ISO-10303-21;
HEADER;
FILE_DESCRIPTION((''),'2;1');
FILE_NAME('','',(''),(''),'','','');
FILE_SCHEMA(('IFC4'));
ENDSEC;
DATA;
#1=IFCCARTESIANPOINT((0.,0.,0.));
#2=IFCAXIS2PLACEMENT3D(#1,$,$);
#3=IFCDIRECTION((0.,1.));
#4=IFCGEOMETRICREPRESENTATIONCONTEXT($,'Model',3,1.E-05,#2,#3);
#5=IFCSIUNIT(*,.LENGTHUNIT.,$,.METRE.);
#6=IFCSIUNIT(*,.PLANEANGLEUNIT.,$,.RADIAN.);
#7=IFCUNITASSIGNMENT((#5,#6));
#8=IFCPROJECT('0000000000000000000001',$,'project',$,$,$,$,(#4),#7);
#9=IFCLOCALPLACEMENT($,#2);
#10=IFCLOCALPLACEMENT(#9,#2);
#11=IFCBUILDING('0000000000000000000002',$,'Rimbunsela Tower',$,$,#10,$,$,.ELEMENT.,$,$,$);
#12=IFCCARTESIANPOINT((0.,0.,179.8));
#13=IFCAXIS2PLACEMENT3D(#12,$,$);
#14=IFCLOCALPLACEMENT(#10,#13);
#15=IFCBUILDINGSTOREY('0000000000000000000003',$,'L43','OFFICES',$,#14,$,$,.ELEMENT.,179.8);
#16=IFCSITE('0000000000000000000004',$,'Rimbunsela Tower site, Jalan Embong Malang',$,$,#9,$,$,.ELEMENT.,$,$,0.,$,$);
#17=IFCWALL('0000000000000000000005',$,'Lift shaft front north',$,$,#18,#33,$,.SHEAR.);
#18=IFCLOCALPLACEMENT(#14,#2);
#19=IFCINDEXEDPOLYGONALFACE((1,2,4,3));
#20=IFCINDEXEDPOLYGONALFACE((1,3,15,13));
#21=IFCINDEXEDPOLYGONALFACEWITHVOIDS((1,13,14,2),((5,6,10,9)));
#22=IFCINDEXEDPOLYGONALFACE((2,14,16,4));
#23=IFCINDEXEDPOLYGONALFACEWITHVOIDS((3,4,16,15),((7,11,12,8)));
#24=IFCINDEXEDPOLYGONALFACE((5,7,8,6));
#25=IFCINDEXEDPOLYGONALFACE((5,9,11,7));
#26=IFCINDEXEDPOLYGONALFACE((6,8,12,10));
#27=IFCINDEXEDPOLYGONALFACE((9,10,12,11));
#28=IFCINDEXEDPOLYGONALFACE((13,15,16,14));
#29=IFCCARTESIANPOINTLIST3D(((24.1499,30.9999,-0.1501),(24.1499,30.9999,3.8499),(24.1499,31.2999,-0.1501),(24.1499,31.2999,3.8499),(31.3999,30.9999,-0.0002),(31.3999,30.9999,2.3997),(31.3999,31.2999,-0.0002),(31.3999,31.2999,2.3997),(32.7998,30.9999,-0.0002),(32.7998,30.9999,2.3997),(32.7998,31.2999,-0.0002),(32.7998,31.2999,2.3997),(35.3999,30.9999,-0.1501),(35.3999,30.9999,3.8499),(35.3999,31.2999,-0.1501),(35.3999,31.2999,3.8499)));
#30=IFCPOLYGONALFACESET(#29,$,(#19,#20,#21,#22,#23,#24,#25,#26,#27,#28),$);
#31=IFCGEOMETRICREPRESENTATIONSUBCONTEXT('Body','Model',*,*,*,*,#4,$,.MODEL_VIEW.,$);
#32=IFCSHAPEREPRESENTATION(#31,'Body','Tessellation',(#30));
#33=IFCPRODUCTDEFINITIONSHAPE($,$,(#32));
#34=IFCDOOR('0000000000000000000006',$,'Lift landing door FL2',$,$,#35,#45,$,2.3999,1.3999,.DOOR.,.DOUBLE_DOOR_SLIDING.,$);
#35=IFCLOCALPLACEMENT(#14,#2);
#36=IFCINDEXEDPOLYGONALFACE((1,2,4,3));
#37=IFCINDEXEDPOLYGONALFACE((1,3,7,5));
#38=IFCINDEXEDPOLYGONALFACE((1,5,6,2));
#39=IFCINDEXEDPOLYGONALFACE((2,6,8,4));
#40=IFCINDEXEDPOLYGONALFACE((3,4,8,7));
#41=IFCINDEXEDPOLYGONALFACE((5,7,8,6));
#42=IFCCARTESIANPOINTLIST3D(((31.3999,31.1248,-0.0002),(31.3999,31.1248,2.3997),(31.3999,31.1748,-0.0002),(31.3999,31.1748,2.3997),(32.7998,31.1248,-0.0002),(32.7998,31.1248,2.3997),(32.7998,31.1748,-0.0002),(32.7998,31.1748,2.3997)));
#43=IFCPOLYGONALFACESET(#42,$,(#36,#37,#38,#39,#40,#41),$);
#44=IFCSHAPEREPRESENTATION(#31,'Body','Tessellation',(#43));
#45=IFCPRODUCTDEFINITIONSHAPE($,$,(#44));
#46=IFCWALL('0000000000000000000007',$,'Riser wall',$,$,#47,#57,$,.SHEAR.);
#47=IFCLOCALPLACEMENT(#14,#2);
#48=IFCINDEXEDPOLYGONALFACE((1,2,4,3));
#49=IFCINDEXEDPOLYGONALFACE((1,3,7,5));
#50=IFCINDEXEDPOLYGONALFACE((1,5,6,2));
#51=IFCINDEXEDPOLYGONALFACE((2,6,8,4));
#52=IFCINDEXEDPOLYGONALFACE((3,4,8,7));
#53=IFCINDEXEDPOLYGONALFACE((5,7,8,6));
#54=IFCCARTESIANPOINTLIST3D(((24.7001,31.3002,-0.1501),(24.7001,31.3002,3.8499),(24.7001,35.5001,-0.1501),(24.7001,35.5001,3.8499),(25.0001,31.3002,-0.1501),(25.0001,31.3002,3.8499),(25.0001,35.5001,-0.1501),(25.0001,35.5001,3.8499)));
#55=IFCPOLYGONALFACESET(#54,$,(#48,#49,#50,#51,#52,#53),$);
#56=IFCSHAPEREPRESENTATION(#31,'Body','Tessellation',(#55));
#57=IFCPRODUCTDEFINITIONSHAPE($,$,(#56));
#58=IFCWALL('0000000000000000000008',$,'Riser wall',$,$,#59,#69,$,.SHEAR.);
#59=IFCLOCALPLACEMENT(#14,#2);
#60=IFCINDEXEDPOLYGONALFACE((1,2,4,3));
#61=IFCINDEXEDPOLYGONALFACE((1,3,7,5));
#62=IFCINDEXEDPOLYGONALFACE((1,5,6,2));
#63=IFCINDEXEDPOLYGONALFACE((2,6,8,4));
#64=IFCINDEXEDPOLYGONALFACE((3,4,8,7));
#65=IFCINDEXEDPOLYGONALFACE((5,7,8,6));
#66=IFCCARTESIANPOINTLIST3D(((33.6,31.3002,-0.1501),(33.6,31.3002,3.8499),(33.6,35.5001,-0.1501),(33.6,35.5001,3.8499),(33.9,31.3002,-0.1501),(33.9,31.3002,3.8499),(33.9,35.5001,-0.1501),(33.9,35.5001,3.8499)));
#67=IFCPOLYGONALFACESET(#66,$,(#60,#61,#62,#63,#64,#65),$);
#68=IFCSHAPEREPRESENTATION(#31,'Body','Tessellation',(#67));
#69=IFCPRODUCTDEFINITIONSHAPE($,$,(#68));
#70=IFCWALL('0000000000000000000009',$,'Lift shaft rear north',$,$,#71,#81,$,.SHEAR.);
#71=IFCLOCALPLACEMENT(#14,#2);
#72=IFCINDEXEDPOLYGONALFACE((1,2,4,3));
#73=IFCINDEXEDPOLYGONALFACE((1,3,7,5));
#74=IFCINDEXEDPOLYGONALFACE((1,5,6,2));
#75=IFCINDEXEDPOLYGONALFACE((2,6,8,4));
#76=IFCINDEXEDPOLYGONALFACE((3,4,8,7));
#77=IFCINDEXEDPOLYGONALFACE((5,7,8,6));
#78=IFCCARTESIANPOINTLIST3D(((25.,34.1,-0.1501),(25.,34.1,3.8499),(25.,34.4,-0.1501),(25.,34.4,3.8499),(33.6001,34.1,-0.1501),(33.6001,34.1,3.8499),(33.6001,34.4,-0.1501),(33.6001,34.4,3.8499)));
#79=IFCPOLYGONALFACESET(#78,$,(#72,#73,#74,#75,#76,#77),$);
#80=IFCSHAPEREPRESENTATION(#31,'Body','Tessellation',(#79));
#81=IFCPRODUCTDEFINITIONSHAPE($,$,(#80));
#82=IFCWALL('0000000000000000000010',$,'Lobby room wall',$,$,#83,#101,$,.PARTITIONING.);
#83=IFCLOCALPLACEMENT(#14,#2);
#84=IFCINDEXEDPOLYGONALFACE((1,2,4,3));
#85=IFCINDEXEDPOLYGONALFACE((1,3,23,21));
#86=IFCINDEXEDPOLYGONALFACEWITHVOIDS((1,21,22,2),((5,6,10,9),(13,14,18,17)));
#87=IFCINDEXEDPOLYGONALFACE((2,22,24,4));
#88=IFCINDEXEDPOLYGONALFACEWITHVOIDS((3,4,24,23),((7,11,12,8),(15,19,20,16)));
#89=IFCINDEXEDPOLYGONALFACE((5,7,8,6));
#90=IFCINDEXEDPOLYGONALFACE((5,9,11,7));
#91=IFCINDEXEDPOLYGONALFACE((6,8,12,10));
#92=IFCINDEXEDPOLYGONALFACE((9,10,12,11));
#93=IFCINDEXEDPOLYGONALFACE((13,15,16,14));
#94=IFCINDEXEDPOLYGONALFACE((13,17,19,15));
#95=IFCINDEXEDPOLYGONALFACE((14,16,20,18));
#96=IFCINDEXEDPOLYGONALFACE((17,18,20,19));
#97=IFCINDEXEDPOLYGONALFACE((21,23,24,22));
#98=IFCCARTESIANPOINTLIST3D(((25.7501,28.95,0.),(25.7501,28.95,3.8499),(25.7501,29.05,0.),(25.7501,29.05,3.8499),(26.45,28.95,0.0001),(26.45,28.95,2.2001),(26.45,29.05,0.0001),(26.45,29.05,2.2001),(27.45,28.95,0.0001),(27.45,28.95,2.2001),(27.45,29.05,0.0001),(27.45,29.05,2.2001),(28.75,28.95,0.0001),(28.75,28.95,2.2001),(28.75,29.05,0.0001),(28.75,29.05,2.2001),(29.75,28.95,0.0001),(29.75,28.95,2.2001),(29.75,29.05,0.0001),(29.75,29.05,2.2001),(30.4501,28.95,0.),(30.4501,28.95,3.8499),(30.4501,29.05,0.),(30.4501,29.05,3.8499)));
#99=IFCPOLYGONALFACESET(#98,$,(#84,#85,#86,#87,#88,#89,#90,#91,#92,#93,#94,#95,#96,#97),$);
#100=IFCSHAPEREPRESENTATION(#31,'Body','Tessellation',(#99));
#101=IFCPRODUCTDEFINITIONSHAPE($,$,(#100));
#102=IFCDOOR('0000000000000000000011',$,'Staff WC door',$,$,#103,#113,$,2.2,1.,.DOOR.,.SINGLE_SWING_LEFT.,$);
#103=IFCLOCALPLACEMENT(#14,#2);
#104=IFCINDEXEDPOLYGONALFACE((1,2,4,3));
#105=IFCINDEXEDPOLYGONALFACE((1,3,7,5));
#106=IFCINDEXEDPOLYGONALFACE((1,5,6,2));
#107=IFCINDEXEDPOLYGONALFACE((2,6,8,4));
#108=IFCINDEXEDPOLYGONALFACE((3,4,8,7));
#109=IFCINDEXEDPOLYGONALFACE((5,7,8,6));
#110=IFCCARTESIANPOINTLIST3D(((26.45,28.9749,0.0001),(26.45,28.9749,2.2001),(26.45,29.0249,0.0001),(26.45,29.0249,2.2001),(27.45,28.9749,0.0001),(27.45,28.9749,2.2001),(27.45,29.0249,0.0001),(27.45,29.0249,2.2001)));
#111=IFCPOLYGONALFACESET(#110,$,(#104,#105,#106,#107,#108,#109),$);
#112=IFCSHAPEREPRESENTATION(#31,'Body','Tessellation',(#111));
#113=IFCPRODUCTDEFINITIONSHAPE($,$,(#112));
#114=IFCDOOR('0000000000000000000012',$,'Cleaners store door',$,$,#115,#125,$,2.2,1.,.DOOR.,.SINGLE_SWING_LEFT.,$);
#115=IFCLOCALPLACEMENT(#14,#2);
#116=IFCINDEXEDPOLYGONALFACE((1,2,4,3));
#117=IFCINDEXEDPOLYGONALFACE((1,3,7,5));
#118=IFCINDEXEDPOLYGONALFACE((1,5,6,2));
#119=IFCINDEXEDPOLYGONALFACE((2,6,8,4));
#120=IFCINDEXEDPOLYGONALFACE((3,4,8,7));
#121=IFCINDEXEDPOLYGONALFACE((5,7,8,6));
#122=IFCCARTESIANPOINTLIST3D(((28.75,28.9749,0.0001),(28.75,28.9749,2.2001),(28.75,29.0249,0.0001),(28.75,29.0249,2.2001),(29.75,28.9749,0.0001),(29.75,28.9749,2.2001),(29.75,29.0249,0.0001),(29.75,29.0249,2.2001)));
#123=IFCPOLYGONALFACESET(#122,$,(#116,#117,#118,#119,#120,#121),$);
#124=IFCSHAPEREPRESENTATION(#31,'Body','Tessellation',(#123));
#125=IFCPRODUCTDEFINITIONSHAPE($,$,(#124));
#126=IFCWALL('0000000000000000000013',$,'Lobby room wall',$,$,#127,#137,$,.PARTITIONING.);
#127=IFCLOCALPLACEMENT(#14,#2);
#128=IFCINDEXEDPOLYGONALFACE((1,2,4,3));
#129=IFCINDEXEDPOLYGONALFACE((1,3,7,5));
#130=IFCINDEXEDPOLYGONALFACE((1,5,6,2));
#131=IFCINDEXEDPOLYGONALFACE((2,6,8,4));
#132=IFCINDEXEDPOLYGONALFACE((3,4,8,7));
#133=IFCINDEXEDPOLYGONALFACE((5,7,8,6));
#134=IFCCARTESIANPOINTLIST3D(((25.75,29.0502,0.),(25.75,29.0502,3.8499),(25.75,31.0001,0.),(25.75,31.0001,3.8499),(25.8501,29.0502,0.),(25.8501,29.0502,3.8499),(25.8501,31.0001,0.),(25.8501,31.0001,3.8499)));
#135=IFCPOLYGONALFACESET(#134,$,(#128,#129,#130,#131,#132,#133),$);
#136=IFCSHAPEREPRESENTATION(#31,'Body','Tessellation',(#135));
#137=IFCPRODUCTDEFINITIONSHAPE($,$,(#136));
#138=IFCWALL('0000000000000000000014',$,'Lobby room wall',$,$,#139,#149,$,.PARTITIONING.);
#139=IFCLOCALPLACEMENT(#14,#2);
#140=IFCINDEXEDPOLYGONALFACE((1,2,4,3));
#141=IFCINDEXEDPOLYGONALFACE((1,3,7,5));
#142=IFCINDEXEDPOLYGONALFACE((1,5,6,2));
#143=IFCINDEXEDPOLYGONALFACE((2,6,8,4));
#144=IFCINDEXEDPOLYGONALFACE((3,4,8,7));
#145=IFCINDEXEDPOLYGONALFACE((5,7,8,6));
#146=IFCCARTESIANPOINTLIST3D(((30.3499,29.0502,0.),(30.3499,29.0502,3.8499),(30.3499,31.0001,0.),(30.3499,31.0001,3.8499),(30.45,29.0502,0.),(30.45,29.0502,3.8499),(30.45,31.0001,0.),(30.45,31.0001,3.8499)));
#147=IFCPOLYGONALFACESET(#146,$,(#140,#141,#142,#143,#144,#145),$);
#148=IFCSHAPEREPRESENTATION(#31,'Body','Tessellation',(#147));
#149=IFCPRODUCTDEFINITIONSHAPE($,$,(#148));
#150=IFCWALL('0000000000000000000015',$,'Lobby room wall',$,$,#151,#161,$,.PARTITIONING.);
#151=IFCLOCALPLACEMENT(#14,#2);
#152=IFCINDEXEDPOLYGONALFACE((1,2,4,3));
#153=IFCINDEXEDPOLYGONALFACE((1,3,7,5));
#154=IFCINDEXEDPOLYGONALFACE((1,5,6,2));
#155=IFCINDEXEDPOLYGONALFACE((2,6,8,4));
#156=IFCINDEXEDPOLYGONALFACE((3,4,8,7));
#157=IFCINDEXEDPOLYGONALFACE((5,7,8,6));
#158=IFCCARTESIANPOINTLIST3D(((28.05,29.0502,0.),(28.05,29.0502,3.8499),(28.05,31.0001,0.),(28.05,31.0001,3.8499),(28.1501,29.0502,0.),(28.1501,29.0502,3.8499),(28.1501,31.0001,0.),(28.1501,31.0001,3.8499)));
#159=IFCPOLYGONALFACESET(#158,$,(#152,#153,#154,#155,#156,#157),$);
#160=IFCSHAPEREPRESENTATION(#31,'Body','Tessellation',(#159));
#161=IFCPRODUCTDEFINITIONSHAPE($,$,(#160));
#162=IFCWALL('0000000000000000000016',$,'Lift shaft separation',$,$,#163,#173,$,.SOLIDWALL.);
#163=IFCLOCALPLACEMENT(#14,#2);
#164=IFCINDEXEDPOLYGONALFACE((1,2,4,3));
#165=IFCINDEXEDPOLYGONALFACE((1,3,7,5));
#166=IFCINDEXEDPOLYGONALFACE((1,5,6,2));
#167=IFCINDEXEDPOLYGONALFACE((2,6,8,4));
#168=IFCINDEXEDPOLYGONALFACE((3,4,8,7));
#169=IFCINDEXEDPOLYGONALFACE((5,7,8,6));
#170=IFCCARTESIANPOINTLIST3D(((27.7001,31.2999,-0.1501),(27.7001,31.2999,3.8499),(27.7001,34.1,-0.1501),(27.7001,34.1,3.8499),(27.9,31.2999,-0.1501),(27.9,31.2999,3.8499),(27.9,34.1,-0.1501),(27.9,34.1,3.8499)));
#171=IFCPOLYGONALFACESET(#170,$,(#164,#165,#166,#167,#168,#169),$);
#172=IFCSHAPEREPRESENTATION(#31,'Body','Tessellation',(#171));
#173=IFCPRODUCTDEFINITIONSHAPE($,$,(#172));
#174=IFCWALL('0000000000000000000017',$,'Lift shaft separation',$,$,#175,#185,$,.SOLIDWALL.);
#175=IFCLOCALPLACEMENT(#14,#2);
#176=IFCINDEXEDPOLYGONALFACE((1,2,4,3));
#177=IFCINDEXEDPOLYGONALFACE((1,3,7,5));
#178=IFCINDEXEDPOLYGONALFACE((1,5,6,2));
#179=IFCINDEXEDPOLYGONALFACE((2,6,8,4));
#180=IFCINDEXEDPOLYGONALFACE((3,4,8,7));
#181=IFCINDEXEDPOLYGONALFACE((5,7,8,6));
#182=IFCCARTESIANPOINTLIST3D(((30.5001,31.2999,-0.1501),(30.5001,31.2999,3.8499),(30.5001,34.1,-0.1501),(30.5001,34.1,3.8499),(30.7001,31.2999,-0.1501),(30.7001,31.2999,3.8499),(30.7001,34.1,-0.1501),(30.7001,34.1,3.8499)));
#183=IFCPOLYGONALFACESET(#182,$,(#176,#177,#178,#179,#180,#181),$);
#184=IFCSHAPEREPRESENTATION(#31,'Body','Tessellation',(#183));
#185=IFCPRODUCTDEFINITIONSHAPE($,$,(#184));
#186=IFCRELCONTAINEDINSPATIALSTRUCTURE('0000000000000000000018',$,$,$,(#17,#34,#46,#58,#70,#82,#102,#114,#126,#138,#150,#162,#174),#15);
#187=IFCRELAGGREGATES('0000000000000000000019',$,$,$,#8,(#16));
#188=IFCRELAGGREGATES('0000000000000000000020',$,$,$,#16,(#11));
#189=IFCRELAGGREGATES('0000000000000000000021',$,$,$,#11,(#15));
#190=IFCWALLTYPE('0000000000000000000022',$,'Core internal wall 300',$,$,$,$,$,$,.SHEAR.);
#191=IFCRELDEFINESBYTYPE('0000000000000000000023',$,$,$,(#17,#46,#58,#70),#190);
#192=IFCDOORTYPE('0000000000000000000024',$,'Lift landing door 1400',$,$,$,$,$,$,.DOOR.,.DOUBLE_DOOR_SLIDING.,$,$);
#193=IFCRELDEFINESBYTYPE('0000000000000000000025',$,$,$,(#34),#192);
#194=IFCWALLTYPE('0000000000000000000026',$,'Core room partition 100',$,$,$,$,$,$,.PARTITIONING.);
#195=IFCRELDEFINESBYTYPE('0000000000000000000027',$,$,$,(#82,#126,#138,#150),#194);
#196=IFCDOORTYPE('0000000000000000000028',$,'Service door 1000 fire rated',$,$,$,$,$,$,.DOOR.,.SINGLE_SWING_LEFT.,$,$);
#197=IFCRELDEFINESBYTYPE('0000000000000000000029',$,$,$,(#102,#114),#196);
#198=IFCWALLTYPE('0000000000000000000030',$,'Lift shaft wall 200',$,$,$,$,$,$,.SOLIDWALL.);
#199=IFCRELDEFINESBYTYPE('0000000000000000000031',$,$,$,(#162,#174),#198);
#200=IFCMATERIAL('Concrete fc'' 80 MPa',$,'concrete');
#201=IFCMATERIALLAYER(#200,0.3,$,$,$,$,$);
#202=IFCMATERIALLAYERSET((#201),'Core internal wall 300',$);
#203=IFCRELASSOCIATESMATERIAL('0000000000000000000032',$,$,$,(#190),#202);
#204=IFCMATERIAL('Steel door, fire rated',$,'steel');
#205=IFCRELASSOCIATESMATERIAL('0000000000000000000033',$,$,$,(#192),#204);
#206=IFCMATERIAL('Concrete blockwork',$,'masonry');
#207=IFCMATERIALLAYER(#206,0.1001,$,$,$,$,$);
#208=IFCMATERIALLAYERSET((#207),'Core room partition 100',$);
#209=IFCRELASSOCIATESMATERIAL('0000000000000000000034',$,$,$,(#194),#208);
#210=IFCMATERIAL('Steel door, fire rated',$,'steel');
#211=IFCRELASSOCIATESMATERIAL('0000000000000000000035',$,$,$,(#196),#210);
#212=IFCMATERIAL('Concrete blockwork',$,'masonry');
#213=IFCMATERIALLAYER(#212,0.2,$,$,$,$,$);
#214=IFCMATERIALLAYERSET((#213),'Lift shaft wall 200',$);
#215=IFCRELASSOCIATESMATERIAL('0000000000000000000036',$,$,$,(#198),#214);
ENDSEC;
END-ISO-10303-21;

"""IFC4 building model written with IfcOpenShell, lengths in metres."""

from ifc_helpers import new_model, si_unit, direction, frame, frame_2d, origin, place, context, subcontext, project, spatial, rectangle, extrude, material, layer, layer_set, type_object, element, fill, save


model = new_model("IFC4")

# Units and contexts
model_context = context("Model", 3, precision=1e-05, world=origin(), true_north=direction((0.0, 1.0)))
body_context = subcontext(model_context, "Body", "Model", "MODEL_VIEW")
ifc_project = project(units=[si_unit("LENGTHUNIT", "METRE"), si_unit("PLANEANGLEUNIT", "RADIAN")], contexts=[model_context])

# Site, building, storey
site_placement = place(None, origin())
site = spatial("IfcSite", under=ifc_project, at=site_placement, Name="Rimbunsela Tower site, Jalan Embong Malang", CompositionType="ELEMENT", RefElevation=0.0)
building_placement = place(site_placement, origin())
building = spatial("IfcBuilding", under=site, at=building_placement, Name="Rimbunsela Tower", CompositionType="ELEMENT")
storey_placement = place(building_placement, frame((0.0, 0.0, 179.8)))
storey = spatial("IfcBuildingStorey", under=building, at=storey_placement, Name="L43", Description="OFFICES", CompositionType="ELEMENT", Elevation=179.8)

# Wall, opening, door
ifc_material_1 = material(Name="Concrete fc' 80 MPa", Category="concrete")
ifc_layer_1 = layer(ifc_material_1, 0.3)
ifc_layer_set_1 = layer_set([ifc_layer_1], Name="Core internal wall 300")
wall_type_1 = type_object("IfcWallType", Name="Core internal wall 300", PredefinedType="SHEAR", material=ifc_layer_set_1)
wall_1_placement = place(storey_placement, frame((24.1499, 31.1499, -0.1501), z_axis=(0.0, 0.0, 1.0), x_axis=(1.0, 0.0, 0.0)))
wall_1 = element("IfcWall", 1, at=wall_1_placement, inside=storey, type_object=wall_type_1, Name="Lift shaft front north", PredefinedType="SHEAR", context=body_context, shape_type="SweptSolid", body=[
    extrude(rectangle(XDim=11.25, YDim=0.3, at=frame_2d((5.625, 0.0))), origin(), (0.0, 0.0, 1.0), 4.0),
])
opening_1_placement = place(wall_1_placement, frame((7.25, 0.0, 0.1499)))
opening_1 = element("IfcOpeningElement", 2, at=opening_1_placement, cuts=wall_1, PredefinedType="OPENING", context=body_context, shape_type="SweptSolid", body=[
    extrude(rectangle(XDim=1.3999, YDim=2.3999, at=frame_2d((0.7, 1.2))), frame((0.0, 0.1599, 0.0), z_axis=(0.0, -1.0, 0.0), x_axis=(1.0, 0.0, 0.0)), (0.0, 0.0, 1.0), 0.3201),
])
ifc_material_2 = material(Name="Steel door, fire rated", Category="steel")
door_type_1 = type_object("IfcDoorType", Name="Lift landing door 1400", OperationType="DOUBLE_DOOR_SLIDING", PredefinedType="DOOR", material=ifc_material_2)
door_1_placement = place(opening_1_placement, origin())
door_1 = element("IfcDoor", 3, at=door_1_placement, inside=storey, type_object=door_type_1, Name="Lift landing door FL2", OperationType="DOUBLE_DOOR_SLIDING", OverallHeight=2.3999, OverallWidth=1.3999, PredefinedType="DOOR", context=body_context, shape_type="SweptSolid", body=[
    extrude(rectangle(XDim=1.3999, YDim=2.3999, at=frame_2d((0.7, 1.2))), frame((0.0, 0.0249, 0.0), z_axis=(0.0, -1.0, 0.0), x_axis=(1.0, 0.0, 0.0)), (0.0, 0.0, 1.0), 0.05),
])
fill(opening_1, door_1)

# Walls
for number, where, z_axis, x_axis, name in (
    (4, (24.8501, 31.3, -0.1501), (0.0, 0.0, 1.0), (0.0, 1.0, 0.0), "Riser wall"),
    (5, (33.75, 31.3, -0.1501), (0.0, 0.0, 1.0), (0.0, 1.0, 0.0), "Riser wall"),
):
    element("IfcWall", number, at=place(storey_placement, frame(where, z_axis=z_axis, x_axis=x_axis)), inside=storey, type_object=wall_type_1, Name=name, PredefinedType="SHEAR", context=body_context, shape_type="SweptSolid", body=[
        extrude(rectangle(XDim=4.2, YDim=0.3, at=frame_2d((2.1001, 0.0))), origin(), (0.0, 0.0, 1.0), 4.0),
    ])
wall_2_placement = place(storey_placement, frame((25.0, 34.25, -0.1501), z_axis=(0.0, 0.0, 1.0), x_axis=(1.0, 0.0, 0.0)))
element("IfcWall", 6, at=wall_2_placement, inside=storey, type_object=wall_type_1, Name="Lift shaft rear north", PredefinedType="SHEAR", context=body_context, shape_type="SweptSolid", body=[
    extrude(rectangle(XDim=8.6001, YDim=0.3, at=frame_2d((4.3, 0.0))), origin(), (0.0, 0.0, 1.0), 4.0),
])

# Wall, openings, doors
ifc_material_3 = material(Name="Concrete blockwork", Category="masonry")
ifc_layer_2 = layer(ifc_material_3, 0.1001)
ifc_layer_set_2 = layer_set([ifc_layer_2], Name="Core room partition 100")
wall_type_2 = type_object("IfcWallType", Name="Core room partition 100", PredefinedType="PARTITIONING", material=ifc_layer_set_2)
wall_3_placement = place(storey_placement, frame((25.75, 29.0, 0.0), z_axis=(0.0, 0.0, 1.0), x_axis=(1.0, 0.0, 0.0)))
wall_3 = element("IfcWall", 7, at=wall_3_placement, inside=storey, type_object=wall_type_2, Name="Lobby room wall", PredefinedType="PARTITIONING", context=body_context, shape_type="SweptSolid", body=[
    extrude(rectangle(XDim=4.7, YDim=0.1001, at=frame_2d((2.3501, 0.0))), origin(), (0.0, 0.0, 1.0), 3.8499),
])
opening_2_placement = place(wall_3_placement, frame((0.7, 0.0, 0.0)))
opening_2 = element("IfcOpeningElement", 8, at=opening_2_placement, cuts=wall_3, PredefinedType="OPENING", context=body_context, shape_type="SweptSolid", body=[
    extrude(rectangle(XDim=1.0, YDim=2.2, at=frame_2d((0.5, 1.1001))), frame((0.0, 0.0601, 0.0), z_axis=(0.0, -1.0, 0.0), x_axis=(1.0, 0.0, 0.0)), (0.0, 0.0, 1.0), 0.1201),
])
opening_3_placement = place(wall_3_placement, frame((3.0, 0.0, 0.0)))
opening_3 = element("IfcOpeningElement", 9, at=opening_3_placement, cuts=wall_3, PredefinedType="OPENING", context=body_context, shape_type="SweptSolid", body=[
    extrude(rectangle(XDim=1.0, YDim=2.2, at=frame_2d((0.5, 1.1001))), frame((0.0, 0.0601, 0.0), z_axis=(0.0, -1.0, 0.0), x_axis=(1.0, 0.0, 0.0)), (0.0, 0.0, 1.0), 0.1201),
])
ifc_material_4 = material(Name="Steel door, fire rated", Category="steel")
door_type_2 = type_object("IfcDoorType", Name="Service door 1000 fire rated", OperationType="SINGLE_SWING_LEFT", PredefinedType="DOOR", material=ifc_material_4)
door_2_placement = place(opening_2_placement, origin())
door_2 = element("IfcDoor", 10, at=door_2_placement, inside=storey, type_object=door_type_2, Name="Staff WC door", OperationType="SINGLE_SWING_LEFT", OverallHeight=2.2, OverallWidth=1.0, PredefinedType="DOOR", context=body_context, shape_type="SweptSolid", body=[
    extrude(rectangle(XDim=1.0, YDim=2.2, at=frame_2d((0.5, 1.1001))), frame((0.0, 0.0249, 0.0), z_axis=(0.0, -1.0, 0.0), x_axis=(1.0, 0.0, 0.0)), (0.0, 0.0, 1.0), 0.05),
])
fill(opening_2, door_2)
door_3_placement = place(opening_3_placement, origin())
door_3 = element("IfcDoor", 11, at=door_3_placement, inside=storey, type_object=door_type_2, Name="Cleaners store door", OperationType="SINGLE_SWING_LEFT", OverallHeight=2.2, OverallWidth=1.0, PredefinedType="DOOR", context=body_context, shape_type="SweptSolid", body=[
    extrude(rectangle(XDim=1.0, YDim=2.2, at=frame_2d((0.5, 1.1001))), frame((0.0, 0.0249, 0.0), z_axis=(0.0, -1.0, 0.0), x_axis=(1.0, 0.0, 0.0)), (0.0, 0.0, 1.0), 0.05),
])
fill(opening_3, door_3)

# Walls
for number, where, z_axis, x_axis, name in (
    (12, (25.8, 29.05, 0.0), (0.0, 0.0, 1.0), (0.0, 1.0, 0.0), "Lobby room wall"),
    (13, (30.3999, 29.05, 0.0), (0.0, 0.0, 1.0), (0.0, 1.0, 0.0), "Lobby room wall"),
    (14, (28.1001, 29.05, 0.0), (0.0, 0.0, 1.0), (0.0, 1.0, 0.0), "Lobby room wall"),
):
    element("IfcWall", number, at=place(storey_placement, frame(where, z_axis=z_axis, x_axis=x_axis)), inside=storey, type_object=wall_type_2, Name=name, PredefinedType="PARTITIONING", context=body_context, shape_type="SweptSolid", body=[
        extrude(rectangle(XDim=1.95, YDim=0.1001, at=frame_2d((0.9751, 0.0))), origin(), (0.0, 0.0, 1.0), 3.8499),
    ])
ifc_material_5 = material(Name="Concrete blockwork", Category="masonry")
ifc_layer_3 = layer(ifc_material_5, 0.2)
ifc_layer_set_3 = layer_set([ifc_layer_3], Name="Lift shaft wall 200")
wall_type_3 = type_object("IfcWallType", Name="Lift shaft wall 200", PredefinedType="SOLIDWALL", material=ifc_layer_set_3)
for number, where, z_axis, x_axis, name in (
    (15, (27.8, 31.3, -0.1501), (0.0, 0.0, 1.0), (0.0, 1.0, 0.0), "Lift shaft separation"),
    (16, (30.6001, 31.3, -0.1501), (0.0, 0.0, 1.0), (0.0, 1.0, 0.0), "Lift shaft separation"),
):
    element("IfcWall", number, at=place(storey_placement, frame(where, z_axis=z_axis, x_axis=x_axis)), inside=storey, type_object=wall_type_3, Name=name, PredefinedType="SOLIDWALL", context=body_context, shape_type="SweptSolid", body=[
        extrude(rectangle(XDim=2.8, YDim=0.2, at=frame_2d((1.3999, 0.0))), origin(), (0.0, 0.0, 1.0), 4.0),
    ])

save(model, "model.ifc")
